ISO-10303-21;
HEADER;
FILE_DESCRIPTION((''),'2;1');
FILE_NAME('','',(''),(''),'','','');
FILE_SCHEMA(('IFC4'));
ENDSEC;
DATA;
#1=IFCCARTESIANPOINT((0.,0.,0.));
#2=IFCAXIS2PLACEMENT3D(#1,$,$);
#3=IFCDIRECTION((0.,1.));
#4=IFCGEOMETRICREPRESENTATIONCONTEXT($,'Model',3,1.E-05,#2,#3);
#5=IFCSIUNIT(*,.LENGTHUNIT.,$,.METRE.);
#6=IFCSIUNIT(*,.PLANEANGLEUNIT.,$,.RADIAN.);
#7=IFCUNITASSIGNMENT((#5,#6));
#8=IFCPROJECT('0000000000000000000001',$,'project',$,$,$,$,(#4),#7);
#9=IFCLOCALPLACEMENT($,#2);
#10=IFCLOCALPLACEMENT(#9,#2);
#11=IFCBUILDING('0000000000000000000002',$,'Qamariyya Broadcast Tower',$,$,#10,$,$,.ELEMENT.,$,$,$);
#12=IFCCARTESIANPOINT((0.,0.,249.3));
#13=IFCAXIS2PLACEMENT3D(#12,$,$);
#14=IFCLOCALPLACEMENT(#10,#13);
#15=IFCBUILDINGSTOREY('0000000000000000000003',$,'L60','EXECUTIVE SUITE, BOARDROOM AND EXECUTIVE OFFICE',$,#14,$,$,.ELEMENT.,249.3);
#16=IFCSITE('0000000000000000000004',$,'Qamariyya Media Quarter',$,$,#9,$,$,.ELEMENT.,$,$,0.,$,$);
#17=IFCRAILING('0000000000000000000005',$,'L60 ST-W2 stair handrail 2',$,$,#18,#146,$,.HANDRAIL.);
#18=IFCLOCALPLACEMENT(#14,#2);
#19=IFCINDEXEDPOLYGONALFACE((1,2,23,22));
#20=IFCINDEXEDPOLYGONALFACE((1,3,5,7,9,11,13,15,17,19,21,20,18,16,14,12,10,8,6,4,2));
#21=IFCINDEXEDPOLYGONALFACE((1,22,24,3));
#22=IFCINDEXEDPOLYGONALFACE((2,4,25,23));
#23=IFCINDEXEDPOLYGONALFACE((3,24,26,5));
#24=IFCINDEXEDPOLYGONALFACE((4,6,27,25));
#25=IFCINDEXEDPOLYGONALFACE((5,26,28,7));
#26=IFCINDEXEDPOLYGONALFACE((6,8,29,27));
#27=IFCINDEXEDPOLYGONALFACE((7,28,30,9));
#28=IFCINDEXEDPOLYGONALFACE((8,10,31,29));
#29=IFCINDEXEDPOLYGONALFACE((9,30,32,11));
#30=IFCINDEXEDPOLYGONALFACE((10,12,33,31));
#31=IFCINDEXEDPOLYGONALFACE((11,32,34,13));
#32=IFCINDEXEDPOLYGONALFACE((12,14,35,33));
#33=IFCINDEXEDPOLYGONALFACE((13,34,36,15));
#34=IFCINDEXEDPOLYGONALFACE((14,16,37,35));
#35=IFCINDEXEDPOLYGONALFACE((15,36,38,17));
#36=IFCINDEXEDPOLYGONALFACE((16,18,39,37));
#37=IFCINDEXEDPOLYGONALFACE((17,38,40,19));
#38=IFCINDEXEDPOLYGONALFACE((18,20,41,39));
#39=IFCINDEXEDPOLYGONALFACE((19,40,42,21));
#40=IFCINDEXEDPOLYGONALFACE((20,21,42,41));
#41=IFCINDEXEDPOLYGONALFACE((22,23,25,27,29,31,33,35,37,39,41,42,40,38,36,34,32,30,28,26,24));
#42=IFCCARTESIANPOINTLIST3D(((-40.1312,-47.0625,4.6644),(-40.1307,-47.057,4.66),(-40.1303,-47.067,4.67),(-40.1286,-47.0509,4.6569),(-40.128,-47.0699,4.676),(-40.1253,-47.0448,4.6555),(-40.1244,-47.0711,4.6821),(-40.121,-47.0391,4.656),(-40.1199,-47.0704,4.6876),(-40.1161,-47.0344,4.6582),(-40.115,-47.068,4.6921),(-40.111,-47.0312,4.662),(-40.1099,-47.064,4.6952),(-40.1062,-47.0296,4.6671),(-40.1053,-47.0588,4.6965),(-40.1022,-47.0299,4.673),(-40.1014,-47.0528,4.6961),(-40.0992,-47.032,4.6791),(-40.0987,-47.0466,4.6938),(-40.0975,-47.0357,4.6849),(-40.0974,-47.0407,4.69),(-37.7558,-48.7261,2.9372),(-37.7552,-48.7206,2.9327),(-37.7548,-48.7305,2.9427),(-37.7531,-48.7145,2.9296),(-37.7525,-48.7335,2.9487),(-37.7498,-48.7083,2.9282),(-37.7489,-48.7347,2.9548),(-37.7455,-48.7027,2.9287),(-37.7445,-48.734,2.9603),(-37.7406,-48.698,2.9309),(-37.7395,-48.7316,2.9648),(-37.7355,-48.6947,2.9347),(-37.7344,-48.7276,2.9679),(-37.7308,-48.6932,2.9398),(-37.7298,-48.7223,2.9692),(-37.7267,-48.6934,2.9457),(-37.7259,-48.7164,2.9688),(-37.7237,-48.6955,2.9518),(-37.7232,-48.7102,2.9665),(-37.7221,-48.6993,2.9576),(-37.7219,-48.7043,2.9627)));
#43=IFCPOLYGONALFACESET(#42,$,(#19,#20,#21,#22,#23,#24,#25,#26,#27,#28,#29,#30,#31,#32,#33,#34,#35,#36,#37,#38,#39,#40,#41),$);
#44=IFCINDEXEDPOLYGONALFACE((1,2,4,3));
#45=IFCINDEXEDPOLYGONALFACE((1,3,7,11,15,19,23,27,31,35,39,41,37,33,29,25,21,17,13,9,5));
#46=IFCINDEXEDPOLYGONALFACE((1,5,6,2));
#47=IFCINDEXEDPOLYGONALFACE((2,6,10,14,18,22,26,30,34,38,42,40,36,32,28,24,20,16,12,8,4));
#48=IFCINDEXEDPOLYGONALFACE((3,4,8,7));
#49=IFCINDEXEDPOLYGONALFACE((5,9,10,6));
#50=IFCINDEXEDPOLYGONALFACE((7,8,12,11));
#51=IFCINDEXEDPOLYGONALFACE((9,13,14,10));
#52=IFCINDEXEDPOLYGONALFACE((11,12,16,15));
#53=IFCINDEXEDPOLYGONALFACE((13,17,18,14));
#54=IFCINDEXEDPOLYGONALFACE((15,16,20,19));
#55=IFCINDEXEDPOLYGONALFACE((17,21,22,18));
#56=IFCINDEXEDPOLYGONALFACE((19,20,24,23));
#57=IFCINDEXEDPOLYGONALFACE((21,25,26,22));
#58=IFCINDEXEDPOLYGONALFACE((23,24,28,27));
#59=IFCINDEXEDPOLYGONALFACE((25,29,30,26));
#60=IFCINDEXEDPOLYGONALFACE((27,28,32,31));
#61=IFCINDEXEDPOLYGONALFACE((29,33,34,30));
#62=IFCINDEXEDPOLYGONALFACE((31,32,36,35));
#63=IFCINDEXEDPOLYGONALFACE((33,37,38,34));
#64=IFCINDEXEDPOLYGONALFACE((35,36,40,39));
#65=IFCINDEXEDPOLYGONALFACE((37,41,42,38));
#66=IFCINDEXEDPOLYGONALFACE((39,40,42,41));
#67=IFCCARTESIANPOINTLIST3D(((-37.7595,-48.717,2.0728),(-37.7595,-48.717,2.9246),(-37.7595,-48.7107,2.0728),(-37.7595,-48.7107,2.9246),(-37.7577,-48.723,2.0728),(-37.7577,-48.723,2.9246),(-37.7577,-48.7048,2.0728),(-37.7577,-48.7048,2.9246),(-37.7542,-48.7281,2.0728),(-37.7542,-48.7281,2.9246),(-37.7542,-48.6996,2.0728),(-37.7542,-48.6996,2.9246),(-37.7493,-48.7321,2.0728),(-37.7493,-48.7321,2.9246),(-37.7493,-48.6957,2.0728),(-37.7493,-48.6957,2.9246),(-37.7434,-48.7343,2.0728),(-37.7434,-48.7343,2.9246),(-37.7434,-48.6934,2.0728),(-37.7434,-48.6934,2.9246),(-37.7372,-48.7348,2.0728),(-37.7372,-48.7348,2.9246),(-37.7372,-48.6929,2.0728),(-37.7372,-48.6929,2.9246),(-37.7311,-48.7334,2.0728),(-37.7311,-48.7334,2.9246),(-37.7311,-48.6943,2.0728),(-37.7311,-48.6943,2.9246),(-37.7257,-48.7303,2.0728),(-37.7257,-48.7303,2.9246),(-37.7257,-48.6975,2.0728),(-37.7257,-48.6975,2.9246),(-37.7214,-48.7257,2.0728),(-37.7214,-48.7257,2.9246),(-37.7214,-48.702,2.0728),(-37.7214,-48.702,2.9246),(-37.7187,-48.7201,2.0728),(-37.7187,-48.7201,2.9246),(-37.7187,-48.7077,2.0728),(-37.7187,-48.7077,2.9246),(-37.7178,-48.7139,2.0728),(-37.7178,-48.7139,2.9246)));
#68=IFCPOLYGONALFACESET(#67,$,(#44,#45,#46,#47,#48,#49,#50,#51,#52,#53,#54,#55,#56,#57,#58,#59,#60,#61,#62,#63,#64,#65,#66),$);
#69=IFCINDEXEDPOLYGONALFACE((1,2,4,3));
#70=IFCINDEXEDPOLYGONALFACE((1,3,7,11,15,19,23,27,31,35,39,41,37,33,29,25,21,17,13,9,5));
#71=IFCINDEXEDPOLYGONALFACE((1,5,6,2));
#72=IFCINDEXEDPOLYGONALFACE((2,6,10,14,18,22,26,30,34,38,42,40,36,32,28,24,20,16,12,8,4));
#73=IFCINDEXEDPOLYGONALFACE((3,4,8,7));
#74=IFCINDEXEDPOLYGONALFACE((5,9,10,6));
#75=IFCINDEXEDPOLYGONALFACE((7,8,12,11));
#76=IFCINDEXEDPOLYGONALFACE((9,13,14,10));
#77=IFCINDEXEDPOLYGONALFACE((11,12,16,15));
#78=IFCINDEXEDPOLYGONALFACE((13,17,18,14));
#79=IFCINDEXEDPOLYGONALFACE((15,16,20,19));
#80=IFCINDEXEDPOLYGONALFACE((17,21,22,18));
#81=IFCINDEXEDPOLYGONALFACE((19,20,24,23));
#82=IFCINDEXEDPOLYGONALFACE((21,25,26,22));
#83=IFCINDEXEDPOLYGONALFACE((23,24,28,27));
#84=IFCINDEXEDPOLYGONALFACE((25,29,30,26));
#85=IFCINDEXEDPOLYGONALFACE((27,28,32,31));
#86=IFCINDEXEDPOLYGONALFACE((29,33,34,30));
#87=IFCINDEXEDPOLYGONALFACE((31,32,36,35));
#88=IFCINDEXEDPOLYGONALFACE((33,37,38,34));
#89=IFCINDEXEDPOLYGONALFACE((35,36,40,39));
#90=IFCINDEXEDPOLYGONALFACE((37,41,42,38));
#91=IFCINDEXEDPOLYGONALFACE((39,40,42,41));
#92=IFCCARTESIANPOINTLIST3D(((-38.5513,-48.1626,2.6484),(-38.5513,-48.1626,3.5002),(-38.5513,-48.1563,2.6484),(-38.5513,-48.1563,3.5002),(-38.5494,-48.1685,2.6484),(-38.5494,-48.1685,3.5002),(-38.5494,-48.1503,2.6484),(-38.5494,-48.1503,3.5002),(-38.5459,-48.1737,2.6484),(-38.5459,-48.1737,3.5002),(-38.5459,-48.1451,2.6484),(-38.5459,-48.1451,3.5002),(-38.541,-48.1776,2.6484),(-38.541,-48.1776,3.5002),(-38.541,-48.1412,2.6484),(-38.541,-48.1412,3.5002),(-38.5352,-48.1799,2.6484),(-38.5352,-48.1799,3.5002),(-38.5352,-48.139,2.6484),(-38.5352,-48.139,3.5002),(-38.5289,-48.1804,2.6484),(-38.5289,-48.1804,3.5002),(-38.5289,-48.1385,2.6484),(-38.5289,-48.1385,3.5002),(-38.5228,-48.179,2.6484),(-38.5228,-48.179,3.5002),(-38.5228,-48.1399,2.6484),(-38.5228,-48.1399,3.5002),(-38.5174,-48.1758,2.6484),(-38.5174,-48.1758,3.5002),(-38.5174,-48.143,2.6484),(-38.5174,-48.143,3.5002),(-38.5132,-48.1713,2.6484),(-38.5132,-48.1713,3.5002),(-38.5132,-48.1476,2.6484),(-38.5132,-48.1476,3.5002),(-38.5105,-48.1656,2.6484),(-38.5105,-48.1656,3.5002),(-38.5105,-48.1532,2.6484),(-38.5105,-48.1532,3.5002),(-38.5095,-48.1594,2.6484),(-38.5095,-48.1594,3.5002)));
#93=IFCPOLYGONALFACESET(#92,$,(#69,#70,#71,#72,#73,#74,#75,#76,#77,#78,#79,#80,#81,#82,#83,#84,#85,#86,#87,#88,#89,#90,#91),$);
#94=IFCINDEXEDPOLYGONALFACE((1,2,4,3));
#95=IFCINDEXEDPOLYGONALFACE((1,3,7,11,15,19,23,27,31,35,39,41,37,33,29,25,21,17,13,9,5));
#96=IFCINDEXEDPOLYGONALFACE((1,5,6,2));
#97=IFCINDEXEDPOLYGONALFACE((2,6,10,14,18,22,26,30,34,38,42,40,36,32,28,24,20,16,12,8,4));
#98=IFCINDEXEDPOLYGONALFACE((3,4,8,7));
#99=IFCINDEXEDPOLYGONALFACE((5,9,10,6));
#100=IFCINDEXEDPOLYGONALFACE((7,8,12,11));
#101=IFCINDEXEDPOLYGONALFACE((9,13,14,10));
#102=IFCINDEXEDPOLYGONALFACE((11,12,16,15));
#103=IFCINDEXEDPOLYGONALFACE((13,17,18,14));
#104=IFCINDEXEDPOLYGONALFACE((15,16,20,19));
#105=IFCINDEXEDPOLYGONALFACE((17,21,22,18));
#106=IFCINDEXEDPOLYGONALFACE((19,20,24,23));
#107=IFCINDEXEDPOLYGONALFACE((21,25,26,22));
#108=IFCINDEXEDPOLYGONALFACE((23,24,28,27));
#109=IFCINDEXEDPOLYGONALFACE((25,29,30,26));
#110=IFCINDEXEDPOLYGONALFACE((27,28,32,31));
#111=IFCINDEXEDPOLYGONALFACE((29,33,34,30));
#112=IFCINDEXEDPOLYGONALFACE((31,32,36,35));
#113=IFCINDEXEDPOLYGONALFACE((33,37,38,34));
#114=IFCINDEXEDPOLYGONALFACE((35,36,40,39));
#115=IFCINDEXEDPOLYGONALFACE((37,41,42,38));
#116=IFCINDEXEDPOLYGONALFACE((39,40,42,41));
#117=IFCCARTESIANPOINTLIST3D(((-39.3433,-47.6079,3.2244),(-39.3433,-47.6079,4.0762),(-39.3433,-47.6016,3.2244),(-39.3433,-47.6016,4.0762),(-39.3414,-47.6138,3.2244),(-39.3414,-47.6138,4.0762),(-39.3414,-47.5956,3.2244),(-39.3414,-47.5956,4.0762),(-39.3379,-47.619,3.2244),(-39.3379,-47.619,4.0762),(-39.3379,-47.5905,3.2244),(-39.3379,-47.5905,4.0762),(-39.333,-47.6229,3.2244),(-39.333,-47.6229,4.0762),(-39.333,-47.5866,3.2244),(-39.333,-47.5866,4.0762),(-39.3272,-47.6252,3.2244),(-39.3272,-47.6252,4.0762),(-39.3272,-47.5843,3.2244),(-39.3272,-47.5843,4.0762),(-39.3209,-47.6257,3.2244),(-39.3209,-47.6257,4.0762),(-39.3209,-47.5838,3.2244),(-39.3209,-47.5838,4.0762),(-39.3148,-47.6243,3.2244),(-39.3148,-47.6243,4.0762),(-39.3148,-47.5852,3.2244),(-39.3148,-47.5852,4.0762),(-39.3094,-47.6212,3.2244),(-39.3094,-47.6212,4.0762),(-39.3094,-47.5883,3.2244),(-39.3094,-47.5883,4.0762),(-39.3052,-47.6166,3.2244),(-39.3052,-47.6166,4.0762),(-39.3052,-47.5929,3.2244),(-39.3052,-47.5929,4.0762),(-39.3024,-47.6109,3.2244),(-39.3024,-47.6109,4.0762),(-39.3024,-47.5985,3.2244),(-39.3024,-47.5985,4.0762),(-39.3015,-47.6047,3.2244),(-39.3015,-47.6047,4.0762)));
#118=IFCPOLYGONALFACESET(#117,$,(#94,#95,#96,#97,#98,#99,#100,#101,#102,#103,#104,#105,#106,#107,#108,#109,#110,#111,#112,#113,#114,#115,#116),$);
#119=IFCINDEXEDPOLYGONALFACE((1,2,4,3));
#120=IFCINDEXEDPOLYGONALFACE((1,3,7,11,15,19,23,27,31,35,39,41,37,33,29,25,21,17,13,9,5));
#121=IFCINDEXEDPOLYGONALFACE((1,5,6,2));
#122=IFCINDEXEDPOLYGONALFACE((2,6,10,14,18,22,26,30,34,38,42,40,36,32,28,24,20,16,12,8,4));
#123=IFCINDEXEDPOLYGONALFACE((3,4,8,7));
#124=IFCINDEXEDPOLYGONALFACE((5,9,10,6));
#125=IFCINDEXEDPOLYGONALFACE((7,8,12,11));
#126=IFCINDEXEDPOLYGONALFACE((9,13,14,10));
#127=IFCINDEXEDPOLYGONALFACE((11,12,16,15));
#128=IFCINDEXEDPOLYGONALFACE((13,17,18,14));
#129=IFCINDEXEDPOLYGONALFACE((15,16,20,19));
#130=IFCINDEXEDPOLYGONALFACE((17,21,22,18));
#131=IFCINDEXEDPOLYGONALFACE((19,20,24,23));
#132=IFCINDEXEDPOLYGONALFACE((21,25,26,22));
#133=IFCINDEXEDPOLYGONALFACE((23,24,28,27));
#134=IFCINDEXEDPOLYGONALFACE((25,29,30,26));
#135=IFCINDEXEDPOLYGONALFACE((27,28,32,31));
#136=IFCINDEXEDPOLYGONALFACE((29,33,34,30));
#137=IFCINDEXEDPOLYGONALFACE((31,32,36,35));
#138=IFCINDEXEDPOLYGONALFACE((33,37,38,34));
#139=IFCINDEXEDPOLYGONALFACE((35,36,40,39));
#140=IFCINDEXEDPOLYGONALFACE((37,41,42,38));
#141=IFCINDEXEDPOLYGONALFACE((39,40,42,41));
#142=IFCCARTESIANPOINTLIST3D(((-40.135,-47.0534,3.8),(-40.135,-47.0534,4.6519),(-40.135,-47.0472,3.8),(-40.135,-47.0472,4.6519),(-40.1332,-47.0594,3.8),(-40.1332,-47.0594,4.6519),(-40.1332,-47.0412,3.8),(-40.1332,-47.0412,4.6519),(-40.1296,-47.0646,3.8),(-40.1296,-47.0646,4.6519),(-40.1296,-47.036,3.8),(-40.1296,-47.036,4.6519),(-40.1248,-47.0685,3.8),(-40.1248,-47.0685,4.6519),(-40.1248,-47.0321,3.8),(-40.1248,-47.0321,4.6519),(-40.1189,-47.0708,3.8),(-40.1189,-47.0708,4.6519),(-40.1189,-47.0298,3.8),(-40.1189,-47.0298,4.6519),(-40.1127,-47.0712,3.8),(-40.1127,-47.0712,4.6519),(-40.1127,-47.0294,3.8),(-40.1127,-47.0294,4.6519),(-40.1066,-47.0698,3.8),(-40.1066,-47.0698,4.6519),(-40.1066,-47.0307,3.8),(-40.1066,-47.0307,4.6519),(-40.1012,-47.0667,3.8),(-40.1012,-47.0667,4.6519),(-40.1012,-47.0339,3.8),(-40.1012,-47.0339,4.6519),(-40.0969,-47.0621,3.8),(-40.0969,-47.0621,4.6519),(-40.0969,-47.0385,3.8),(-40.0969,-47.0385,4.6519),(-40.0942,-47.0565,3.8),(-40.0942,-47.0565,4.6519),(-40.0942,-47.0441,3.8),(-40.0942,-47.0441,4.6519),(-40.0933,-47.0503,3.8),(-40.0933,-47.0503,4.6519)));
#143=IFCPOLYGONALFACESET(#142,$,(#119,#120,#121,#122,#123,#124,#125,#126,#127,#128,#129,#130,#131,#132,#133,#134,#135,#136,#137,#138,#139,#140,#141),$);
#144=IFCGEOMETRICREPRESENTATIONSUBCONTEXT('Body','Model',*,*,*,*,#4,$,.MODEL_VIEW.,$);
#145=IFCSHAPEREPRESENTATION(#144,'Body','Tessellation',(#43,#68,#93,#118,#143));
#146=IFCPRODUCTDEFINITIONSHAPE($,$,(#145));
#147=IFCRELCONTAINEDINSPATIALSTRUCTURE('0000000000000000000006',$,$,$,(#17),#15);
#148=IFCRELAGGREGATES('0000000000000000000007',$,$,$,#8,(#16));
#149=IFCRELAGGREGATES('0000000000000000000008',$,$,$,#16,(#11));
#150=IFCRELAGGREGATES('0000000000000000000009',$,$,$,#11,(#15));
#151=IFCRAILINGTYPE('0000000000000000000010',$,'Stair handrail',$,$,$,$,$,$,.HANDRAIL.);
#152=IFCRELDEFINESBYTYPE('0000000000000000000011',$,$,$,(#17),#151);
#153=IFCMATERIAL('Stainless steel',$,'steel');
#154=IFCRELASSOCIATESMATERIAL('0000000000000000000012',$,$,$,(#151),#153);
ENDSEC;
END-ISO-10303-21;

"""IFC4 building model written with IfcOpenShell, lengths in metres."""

from ifc_helpers import new_model, si_unit, direction, frame, origin, origin_2d, place, context, subcontext, project, spatial, circle, extrude, material, type_object, element, save


model = new_model("IFC4")

# Units and contexts
model_context = context("Model", 3, precision=1e-05, world=origin(), true_north=direction((0.0, 1.0)))
body_context = subcontext(model_context, "Body", "Model", "MODEL_VIEW")
ifc_project = project(units=[si_unit("LENGTHUNIT", "METRE"), si_unit("PLANEANGLEUNIT", "RADIAN")], contexts=[model_context])

# Site, building, storey
site_placement = place(None, origin())
site = spatial("IfcSite", under=ifc_project, at=site_placement, Name="Qamariyya Media Quarter", CompositionType="ELEMENT", RefElevation=0.0)
building_placement = place(site_placement, origin())
building = spatial("IfcBuilding", under=site, at=building_placement, Name="Qamariyya Broadcast Tower", CompositionType="ELEMENT")
storey_placement = place(building_placement, frame((0.0, 0.0, 249.3)))
storey = spatial("IfcBuildingStorey", under=building, at=storey_placement, Name="L60", Description="EXECUTIVE SUITE, BOARDROOM AND EXECUTIVE OFFICE", CompositionType="ELEMENT", Elevation=249.3)

# Railing
ifc_material_1 = material(Name="Stainless steel", Category="steel")
railing_type_1 = type_object("IfcRailingType", Name="Stair handrail", PredefinedType="HANDRAIL", material=ifc_material_1)
railing_1_placement = place(storey_placement, frame((-37.7388, -48.7139, 2.0728)))
element("IfcRailing", 1, at=railing_1_placement, inside=storey, type_object=railing_type_1, Name="L60 ST-W2 stair handrail 2", PredefinedType="HANDRAIL", context=body_context, shape_type="SweptSolid", body=[
    extrude(circle(Radius=0.0239, at=origin_2d()), frame((0.0, 0.0, 0.876), z_axis=(-0.703745, 0.492838, 0.511716), x_axis=(-0.573632, -0.819113, 0.0)), (0.0, 0.0, 1.0), 3.3755),
    extrude(circle(Radius=0.021, at=origin_2d()), origin(), (0.0, 0.0, 1.0), 0.8518),
    extrude(circle(Radius=0.021, at=origin_2d()), frame((-0.7917, 0.5544, 0.5757)), (0.0, 0.0, 1.0), 0.8518),
    extrude(circle(Radius=0.021, at=origin_2d()), frame((-1.5837, 1.1091, 1.1516)), (0.0, 0.0, 1.0), 0.8518),
    extrude(circle(Radius=0.021, at=origin_2d()), frame((-2.3755, 1.6636, 1.7273)), (0.0, 0.0, 1.0), 0.8518),
])

save(model, "model.ifc")
